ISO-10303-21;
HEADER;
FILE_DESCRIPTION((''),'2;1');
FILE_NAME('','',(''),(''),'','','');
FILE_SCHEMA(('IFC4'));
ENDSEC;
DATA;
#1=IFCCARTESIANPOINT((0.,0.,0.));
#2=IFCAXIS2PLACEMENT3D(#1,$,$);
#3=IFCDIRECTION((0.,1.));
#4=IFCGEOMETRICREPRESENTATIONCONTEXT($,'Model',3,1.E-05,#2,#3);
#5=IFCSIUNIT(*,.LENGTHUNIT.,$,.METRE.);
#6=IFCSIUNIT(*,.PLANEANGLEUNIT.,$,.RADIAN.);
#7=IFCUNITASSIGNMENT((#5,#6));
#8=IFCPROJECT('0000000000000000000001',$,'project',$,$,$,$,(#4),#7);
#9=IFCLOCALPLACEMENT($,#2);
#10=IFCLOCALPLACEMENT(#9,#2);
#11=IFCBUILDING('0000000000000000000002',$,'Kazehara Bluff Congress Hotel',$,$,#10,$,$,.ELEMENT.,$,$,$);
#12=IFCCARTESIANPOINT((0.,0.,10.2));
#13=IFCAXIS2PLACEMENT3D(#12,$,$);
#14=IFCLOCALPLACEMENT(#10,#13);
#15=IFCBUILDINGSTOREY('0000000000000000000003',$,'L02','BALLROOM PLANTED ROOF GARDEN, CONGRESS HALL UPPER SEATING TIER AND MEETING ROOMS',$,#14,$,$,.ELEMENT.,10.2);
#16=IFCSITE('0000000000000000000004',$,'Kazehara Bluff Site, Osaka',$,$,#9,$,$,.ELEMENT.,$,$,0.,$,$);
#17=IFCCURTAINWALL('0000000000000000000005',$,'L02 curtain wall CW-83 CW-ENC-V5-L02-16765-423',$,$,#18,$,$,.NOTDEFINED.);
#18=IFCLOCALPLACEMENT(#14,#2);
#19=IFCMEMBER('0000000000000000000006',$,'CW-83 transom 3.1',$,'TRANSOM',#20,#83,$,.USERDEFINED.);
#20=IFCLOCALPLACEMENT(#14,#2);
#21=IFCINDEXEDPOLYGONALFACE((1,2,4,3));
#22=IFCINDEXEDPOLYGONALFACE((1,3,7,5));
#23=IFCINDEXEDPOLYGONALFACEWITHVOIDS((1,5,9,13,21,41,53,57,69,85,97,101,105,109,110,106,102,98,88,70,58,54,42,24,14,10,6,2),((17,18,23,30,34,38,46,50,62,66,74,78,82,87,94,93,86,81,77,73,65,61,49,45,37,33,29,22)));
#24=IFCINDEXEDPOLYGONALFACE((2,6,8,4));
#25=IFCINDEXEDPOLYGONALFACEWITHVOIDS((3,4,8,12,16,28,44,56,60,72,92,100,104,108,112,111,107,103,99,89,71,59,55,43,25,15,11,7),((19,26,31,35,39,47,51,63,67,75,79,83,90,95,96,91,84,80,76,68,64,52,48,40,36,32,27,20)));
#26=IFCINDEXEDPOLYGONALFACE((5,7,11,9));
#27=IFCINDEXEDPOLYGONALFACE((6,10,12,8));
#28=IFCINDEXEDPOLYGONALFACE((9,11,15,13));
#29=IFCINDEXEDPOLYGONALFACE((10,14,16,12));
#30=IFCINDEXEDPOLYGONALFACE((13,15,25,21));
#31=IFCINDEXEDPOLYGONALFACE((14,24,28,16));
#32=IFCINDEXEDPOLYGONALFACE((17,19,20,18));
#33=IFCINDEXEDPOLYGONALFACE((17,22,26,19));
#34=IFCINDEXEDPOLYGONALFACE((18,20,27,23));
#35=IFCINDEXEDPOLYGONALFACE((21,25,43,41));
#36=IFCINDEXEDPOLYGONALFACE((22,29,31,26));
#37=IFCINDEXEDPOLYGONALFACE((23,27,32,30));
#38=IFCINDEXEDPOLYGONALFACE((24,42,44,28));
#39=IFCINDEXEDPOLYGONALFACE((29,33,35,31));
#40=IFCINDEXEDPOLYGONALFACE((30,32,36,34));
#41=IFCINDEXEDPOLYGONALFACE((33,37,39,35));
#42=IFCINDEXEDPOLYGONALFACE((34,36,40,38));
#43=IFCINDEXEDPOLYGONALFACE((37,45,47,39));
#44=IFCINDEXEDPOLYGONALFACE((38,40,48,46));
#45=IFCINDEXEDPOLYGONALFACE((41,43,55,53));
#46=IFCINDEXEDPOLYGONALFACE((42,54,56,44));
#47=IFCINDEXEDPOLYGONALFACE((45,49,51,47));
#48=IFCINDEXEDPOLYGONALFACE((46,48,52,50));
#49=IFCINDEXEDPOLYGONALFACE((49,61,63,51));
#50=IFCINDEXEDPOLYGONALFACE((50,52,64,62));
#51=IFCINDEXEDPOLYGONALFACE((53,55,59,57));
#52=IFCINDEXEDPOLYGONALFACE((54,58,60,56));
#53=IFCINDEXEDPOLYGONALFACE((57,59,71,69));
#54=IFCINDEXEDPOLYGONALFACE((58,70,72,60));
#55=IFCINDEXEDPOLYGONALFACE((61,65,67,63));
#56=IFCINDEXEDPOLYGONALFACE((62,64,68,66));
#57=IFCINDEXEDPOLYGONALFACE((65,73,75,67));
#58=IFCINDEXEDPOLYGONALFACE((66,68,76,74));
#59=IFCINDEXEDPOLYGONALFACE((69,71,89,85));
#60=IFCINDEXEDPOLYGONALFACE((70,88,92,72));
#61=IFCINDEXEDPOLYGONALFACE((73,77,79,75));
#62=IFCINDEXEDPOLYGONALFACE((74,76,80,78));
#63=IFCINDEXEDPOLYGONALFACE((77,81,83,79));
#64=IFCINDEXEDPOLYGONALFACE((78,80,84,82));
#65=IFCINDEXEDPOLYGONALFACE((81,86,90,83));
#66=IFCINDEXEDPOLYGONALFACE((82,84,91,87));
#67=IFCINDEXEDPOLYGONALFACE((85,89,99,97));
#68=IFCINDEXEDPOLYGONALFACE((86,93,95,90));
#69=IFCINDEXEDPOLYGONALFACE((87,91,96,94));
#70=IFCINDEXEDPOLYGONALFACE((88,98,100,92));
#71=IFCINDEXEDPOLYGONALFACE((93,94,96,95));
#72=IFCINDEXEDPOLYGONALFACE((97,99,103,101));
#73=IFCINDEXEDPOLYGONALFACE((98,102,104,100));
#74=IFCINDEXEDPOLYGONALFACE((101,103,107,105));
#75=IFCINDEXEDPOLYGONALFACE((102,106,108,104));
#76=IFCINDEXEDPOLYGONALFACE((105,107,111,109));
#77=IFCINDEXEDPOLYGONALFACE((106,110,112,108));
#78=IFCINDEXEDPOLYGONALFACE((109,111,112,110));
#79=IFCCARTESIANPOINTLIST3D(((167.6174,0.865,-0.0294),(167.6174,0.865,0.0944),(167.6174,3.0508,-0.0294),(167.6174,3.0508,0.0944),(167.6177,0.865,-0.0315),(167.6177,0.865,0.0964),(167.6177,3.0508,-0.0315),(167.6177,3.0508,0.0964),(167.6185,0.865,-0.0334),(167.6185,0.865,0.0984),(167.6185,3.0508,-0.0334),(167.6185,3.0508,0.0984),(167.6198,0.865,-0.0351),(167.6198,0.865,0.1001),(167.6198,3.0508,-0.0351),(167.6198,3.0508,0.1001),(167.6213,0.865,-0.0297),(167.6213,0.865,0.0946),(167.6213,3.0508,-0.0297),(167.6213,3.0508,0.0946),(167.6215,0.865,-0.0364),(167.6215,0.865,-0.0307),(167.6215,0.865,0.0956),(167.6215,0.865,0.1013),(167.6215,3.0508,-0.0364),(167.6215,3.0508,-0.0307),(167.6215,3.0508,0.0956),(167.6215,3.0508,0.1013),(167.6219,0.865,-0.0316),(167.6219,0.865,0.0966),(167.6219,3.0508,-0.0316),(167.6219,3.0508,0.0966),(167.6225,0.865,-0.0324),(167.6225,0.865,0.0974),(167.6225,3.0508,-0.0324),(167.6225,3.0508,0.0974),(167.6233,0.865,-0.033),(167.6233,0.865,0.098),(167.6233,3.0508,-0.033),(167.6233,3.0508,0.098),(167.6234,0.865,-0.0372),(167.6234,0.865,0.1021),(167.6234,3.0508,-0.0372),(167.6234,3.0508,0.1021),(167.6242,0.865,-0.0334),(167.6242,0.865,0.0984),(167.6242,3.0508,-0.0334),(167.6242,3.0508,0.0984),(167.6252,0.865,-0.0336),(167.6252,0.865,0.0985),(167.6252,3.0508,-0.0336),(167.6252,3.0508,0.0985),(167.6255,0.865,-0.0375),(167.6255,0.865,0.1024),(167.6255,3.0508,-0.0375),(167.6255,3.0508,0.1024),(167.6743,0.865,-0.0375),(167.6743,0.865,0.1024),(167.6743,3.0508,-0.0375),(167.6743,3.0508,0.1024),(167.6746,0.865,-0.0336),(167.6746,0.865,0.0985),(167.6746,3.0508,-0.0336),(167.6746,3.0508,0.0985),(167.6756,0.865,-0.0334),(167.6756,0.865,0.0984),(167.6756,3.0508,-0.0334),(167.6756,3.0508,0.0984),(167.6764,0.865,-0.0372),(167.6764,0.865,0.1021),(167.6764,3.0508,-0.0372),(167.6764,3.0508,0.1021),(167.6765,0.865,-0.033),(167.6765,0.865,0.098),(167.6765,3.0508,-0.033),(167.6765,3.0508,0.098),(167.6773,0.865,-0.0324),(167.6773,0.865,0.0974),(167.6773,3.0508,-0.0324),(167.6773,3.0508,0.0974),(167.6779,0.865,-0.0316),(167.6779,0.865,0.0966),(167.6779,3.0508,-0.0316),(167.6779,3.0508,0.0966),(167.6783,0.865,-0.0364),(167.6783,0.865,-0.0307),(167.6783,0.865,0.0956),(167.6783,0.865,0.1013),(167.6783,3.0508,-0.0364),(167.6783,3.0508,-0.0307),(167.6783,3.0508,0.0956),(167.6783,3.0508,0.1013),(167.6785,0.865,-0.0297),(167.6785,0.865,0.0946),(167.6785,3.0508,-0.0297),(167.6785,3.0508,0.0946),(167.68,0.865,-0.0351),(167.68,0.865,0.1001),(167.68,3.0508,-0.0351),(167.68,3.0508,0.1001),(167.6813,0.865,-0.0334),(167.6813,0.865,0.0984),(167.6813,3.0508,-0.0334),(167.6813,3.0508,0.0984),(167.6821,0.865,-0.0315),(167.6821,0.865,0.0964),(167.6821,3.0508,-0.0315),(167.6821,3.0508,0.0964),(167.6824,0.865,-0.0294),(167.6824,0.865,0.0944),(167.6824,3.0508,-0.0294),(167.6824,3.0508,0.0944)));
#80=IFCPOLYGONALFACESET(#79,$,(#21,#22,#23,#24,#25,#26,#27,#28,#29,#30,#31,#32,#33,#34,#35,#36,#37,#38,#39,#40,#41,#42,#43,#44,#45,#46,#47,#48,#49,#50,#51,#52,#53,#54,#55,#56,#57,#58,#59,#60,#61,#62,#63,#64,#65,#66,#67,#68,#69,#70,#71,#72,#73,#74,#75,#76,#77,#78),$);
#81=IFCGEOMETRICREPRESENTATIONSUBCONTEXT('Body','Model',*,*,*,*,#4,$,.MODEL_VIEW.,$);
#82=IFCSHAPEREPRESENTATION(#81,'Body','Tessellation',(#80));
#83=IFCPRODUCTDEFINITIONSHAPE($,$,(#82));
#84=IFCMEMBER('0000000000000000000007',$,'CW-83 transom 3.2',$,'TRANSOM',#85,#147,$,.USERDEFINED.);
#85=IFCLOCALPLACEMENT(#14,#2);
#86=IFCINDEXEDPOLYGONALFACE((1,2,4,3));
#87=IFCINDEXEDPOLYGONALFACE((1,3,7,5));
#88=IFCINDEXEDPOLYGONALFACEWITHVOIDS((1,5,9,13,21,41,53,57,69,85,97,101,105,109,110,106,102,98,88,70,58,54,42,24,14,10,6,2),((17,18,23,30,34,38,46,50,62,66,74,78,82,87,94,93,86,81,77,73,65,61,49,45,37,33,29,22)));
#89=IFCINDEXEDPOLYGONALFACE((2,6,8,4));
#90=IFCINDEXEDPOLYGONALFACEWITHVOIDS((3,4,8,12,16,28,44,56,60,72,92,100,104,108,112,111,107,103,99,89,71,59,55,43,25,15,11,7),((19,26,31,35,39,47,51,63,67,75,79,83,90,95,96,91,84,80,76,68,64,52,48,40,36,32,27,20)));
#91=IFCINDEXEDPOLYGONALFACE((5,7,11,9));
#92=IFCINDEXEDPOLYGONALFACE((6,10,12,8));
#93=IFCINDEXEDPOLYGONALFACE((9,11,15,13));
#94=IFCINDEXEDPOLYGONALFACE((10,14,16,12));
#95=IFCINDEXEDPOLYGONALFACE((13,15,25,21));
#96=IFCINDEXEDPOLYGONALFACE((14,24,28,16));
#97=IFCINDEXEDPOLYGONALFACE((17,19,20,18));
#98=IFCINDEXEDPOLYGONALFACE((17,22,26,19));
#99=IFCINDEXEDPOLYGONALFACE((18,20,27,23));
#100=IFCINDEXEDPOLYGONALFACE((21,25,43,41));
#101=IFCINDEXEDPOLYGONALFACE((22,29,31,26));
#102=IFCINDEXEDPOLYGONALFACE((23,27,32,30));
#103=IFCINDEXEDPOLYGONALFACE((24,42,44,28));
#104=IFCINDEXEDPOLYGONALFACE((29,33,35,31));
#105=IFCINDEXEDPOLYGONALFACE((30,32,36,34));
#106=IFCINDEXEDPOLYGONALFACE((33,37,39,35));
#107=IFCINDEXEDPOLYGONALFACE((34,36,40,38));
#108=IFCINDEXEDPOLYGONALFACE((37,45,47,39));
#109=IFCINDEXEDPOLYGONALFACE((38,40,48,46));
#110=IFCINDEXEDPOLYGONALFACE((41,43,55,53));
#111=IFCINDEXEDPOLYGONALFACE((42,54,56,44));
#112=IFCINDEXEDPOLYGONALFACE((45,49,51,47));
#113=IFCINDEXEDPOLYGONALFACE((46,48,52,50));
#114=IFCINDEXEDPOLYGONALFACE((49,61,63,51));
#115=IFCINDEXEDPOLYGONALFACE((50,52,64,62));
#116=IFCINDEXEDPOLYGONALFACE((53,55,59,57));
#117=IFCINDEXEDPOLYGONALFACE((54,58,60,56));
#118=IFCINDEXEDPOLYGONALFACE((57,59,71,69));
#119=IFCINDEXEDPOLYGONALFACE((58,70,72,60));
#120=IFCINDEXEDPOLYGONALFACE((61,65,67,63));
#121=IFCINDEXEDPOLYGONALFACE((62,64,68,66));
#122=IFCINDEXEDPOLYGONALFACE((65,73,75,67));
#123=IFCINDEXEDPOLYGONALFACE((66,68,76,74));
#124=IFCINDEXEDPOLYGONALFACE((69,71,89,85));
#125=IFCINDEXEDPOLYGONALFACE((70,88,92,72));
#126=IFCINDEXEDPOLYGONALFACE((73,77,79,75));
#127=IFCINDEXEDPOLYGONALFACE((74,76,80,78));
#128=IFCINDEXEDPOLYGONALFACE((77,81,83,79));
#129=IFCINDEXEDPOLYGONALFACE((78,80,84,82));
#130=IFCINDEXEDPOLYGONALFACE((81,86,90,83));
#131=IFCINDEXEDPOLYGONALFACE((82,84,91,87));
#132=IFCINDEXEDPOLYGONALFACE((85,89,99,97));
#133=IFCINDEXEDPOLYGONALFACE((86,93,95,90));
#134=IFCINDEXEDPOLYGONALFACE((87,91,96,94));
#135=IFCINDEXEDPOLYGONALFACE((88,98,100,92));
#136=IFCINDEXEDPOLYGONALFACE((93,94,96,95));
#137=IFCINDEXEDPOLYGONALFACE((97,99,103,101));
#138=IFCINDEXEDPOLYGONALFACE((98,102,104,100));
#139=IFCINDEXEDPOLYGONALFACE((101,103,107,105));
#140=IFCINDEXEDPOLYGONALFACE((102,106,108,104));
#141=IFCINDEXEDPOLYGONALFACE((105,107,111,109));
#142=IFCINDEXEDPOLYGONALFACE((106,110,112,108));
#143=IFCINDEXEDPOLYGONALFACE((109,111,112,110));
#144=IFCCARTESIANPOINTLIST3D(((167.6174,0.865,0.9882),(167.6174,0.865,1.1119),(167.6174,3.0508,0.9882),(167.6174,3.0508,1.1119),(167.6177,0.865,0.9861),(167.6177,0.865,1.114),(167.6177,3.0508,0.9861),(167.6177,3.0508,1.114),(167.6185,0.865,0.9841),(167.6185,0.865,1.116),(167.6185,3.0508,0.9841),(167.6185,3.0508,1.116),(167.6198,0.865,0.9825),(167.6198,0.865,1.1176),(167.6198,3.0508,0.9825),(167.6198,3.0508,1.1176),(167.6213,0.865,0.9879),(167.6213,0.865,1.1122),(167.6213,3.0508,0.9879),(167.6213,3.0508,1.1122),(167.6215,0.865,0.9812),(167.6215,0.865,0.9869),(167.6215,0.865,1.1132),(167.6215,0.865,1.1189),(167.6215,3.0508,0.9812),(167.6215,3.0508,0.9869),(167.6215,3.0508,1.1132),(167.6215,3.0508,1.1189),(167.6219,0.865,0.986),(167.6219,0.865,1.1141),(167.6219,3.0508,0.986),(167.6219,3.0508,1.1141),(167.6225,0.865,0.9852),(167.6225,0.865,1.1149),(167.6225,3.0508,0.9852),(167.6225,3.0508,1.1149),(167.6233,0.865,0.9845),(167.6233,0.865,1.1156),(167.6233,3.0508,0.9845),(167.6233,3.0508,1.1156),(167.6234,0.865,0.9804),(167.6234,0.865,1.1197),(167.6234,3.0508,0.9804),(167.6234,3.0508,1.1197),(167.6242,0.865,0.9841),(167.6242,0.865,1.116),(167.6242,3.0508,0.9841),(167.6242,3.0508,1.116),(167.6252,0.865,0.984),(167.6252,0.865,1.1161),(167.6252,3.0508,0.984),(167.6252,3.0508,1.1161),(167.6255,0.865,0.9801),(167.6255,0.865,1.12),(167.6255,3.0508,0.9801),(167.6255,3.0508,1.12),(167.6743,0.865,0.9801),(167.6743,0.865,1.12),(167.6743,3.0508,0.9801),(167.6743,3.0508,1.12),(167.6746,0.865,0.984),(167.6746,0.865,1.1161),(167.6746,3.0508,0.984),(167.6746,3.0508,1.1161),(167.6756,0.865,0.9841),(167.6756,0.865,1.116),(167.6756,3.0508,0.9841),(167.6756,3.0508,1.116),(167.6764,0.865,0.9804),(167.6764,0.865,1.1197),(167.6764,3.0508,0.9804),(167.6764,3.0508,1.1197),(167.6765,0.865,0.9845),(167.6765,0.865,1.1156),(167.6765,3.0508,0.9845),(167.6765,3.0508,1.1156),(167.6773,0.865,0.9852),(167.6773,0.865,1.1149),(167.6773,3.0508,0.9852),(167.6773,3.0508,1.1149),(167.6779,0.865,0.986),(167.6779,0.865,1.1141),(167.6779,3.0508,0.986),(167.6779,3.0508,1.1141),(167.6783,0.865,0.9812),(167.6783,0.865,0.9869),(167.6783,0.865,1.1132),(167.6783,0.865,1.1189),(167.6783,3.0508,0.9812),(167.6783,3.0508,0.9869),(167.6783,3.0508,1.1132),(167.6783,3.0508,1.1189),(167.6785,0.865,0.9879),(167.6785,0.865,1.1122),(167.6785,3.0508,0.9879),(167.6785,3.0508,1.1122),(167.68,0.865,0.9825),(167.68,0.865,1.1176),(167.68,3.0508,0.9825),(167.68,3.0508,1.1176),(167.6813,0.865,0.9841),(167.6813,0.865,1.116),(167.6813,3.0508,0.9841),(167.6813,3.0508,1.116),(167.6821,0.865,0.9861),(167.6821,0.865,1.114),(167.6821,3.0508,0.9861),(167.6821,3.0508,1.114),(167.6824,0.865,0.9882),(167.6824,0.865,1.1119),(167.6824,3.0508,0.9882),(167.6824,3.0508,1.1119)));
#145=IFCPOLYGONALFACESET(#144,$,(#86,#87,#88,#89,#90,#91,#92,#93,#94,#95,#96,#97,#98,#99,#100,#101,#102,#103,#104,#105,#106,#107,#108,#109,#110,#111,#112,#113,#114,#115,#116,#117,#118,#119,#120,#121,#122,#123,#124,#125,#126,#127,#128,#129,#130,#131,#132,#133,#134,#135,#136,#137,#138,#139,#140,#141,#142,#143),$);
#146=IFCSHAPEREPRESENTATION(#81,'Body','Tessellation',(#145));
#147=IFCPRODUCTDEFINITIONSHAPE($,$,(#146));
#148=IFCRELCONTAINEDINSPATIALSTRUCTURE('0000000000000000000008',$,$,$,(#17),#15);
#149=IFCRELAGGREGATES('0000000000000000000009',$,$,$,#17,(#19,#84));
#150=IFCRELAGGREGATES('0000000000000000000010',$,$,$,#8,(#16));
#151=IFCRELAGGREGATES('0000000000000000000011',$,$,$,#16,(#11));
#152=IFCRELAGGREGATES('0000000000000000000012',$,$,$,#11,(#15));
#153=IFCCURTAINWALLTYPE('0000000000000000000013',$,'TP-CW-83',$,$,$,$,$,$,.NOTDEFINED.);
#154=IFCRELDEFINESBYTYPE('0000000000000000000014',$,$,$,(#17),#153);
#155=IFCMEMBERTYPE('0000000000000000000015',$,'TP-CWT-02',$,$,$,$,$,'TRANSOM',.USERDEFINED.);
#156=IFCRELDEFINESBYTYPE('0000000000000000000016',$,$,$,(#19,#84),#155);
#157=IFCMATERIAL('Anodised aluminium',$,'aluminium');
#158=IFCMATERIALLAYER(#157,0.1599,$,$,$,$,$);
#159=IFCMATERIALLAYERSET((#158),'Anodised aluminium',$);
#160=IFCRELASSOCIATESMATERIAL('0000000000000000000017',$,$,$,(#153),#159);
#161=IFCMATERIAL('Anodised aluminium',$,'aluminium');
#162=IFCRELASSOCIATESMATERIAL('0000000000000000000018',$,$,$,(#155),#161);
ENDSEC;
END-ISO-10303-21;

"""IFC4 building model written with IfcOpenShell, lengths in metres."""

from ifc_helpers import new_model, si_unit, direction, frame, origin, origin_2d, place, context, subcontext, project, spatial, hollow_rectangle, extrude, material, layer, layer_set, material_profile, profile_set, type_object, element, aggregate, save


model = new_model("IFC4")

# Units and contexts
model_context = context("Model", 3, precision=1e-05, world=origin(), true_north=direction((0.0, 1.0)))
body_context = subcontext(model_context, "Body", "Model", "MODEL_VIEW")
ifc_project = project(units=[si_unit("LENGTHUNIT", "METRE"), si_unit("PLANEANGLEUNIT", "RADIAN")], contexts=[model_context])

# Site, building, storey
site_placement = place(None, origin())
site = spatial("IfcSite", under=ifc_project, at=site_placement, Name="Kazehara Bluff Site, Osaka", CompositionType="ELEMENT", RefElevation=0.0)
building_placement = place(site_placement, origin())
building = spatial("IfcBuilding", under=site, at=building_placement, Name="Kazehara Bluff Congress Hotel", CompositionType="ELEMENT")
storey_placement = place(building_placement, frame((0.0, 0.0, 10.2)))
storey = spatial("IfcBuildingStorey", under=building, at=storey_placement, Name="L02", Description="BALLROOM PLANTED ROOF GARDEN, CONGRESS HALL UPPER SEATING TIER AND MEETING ROOMS", CompositionType="ELEMENT", Elevation=10.2)

# Curtain wall
ifc_material_1 = material(Name="Anodised aluminium", Category="aluminium")
ifc_layer_1 = layer(ifc_material_1, 0.1599)
ifc_layer_set_1 = layer_set([ifc_layer_1], Name="Anodised aluminium")
curtain_wall_type_1 = type_object("IfcCurtainWallType", Name="TP-CW-83", PredefinedType="NOTDEFINED", material=ifc_layer_set_1)
curtain_wall_1_placement = place(storey_placement, origin())
curtain_wall_1 = element("IfcCurtainWall", 1, at=curtain_wall_1_placement, inside=storey, type_object=curtain_wall_type_1, Name="L02 curtain wall CW-83 CW-ENC-V5-L02-16765-423", PredefinedType="NOTDEFINED")

# Members
ifc_material_2 = material(Name="Anodised aluminium", Category="aluminium")
ifc_material_profile_1 = material_profile(ifc_material_2, hollow_rectangle(XDim=0.0649, YDim=0.1399, WallThickness=0.0039, InnerFilletRadius=0.0039, OuterFilletRadius=0.0081, at=origin_2d()))
ifc_profile_set_1 = profile_set([ifc_material_profile_1], Name="Anodised aluminium")
member_type_1 = type_object("IfcMemberType", Name="TP-CWT-02", ElementType="TRANSOM", PredefinedType="USERDEFINED", material=ifc_profile_set_1)
member_1_placement = place(storey_placement, frame((167.6499, 3.0508, 0.0325), z_axis=(0.0, -1.0, 0.0), x_axis=(1.0, 0.0, 0.0)))
member_1 = element("IfcMember", 2, at=member_1_placement, type_object=member_type_1, Name="CW-83 transom 3.1", ObjectType="TRANSOM", PredefinedType="USERDEFINED", context=body_context, shape_type="SweptSolid", body=[
    extrude(hollow_rectangle(XDim=0.0649, YDim=0.1399, WallThickness=0.0039, InnerFilletRadius=0.0039, OuterFilletRadius=0.0081, at=origin_2d()), origin(), (0.0, 0.0, 1.0), 2.1858),
])
member_2_placement = place(storey_placement, frame((167.6499, 3.0508, 1.05), z_axis=(0.0, -1.0, 0.0), x_axis=(1.0, 0.0, 0.0)))
member_2 = element("IfcMember", 3, at=member_2_placement, type_object=member_type_1, Name="CW-83 transom 3.2", ObjectType="TRANSOM", PredefinedType="USERDEFINED", context=body_context, shape_type="SweptSolid", body=[
    extrude(hollow_rectangle(XDim=0.0649, YDim=0.1399, WallThickness=0.0039, InnerFilletRadius=0.0039, OuterFilletRadius=0.0081, at=origin_2d()), origin(), (0.0, 0.0, 1.0), 2.1858),
])

aggregate(curtain_wall_1, [member_1, member_2])

save(model, "model.ifc")
